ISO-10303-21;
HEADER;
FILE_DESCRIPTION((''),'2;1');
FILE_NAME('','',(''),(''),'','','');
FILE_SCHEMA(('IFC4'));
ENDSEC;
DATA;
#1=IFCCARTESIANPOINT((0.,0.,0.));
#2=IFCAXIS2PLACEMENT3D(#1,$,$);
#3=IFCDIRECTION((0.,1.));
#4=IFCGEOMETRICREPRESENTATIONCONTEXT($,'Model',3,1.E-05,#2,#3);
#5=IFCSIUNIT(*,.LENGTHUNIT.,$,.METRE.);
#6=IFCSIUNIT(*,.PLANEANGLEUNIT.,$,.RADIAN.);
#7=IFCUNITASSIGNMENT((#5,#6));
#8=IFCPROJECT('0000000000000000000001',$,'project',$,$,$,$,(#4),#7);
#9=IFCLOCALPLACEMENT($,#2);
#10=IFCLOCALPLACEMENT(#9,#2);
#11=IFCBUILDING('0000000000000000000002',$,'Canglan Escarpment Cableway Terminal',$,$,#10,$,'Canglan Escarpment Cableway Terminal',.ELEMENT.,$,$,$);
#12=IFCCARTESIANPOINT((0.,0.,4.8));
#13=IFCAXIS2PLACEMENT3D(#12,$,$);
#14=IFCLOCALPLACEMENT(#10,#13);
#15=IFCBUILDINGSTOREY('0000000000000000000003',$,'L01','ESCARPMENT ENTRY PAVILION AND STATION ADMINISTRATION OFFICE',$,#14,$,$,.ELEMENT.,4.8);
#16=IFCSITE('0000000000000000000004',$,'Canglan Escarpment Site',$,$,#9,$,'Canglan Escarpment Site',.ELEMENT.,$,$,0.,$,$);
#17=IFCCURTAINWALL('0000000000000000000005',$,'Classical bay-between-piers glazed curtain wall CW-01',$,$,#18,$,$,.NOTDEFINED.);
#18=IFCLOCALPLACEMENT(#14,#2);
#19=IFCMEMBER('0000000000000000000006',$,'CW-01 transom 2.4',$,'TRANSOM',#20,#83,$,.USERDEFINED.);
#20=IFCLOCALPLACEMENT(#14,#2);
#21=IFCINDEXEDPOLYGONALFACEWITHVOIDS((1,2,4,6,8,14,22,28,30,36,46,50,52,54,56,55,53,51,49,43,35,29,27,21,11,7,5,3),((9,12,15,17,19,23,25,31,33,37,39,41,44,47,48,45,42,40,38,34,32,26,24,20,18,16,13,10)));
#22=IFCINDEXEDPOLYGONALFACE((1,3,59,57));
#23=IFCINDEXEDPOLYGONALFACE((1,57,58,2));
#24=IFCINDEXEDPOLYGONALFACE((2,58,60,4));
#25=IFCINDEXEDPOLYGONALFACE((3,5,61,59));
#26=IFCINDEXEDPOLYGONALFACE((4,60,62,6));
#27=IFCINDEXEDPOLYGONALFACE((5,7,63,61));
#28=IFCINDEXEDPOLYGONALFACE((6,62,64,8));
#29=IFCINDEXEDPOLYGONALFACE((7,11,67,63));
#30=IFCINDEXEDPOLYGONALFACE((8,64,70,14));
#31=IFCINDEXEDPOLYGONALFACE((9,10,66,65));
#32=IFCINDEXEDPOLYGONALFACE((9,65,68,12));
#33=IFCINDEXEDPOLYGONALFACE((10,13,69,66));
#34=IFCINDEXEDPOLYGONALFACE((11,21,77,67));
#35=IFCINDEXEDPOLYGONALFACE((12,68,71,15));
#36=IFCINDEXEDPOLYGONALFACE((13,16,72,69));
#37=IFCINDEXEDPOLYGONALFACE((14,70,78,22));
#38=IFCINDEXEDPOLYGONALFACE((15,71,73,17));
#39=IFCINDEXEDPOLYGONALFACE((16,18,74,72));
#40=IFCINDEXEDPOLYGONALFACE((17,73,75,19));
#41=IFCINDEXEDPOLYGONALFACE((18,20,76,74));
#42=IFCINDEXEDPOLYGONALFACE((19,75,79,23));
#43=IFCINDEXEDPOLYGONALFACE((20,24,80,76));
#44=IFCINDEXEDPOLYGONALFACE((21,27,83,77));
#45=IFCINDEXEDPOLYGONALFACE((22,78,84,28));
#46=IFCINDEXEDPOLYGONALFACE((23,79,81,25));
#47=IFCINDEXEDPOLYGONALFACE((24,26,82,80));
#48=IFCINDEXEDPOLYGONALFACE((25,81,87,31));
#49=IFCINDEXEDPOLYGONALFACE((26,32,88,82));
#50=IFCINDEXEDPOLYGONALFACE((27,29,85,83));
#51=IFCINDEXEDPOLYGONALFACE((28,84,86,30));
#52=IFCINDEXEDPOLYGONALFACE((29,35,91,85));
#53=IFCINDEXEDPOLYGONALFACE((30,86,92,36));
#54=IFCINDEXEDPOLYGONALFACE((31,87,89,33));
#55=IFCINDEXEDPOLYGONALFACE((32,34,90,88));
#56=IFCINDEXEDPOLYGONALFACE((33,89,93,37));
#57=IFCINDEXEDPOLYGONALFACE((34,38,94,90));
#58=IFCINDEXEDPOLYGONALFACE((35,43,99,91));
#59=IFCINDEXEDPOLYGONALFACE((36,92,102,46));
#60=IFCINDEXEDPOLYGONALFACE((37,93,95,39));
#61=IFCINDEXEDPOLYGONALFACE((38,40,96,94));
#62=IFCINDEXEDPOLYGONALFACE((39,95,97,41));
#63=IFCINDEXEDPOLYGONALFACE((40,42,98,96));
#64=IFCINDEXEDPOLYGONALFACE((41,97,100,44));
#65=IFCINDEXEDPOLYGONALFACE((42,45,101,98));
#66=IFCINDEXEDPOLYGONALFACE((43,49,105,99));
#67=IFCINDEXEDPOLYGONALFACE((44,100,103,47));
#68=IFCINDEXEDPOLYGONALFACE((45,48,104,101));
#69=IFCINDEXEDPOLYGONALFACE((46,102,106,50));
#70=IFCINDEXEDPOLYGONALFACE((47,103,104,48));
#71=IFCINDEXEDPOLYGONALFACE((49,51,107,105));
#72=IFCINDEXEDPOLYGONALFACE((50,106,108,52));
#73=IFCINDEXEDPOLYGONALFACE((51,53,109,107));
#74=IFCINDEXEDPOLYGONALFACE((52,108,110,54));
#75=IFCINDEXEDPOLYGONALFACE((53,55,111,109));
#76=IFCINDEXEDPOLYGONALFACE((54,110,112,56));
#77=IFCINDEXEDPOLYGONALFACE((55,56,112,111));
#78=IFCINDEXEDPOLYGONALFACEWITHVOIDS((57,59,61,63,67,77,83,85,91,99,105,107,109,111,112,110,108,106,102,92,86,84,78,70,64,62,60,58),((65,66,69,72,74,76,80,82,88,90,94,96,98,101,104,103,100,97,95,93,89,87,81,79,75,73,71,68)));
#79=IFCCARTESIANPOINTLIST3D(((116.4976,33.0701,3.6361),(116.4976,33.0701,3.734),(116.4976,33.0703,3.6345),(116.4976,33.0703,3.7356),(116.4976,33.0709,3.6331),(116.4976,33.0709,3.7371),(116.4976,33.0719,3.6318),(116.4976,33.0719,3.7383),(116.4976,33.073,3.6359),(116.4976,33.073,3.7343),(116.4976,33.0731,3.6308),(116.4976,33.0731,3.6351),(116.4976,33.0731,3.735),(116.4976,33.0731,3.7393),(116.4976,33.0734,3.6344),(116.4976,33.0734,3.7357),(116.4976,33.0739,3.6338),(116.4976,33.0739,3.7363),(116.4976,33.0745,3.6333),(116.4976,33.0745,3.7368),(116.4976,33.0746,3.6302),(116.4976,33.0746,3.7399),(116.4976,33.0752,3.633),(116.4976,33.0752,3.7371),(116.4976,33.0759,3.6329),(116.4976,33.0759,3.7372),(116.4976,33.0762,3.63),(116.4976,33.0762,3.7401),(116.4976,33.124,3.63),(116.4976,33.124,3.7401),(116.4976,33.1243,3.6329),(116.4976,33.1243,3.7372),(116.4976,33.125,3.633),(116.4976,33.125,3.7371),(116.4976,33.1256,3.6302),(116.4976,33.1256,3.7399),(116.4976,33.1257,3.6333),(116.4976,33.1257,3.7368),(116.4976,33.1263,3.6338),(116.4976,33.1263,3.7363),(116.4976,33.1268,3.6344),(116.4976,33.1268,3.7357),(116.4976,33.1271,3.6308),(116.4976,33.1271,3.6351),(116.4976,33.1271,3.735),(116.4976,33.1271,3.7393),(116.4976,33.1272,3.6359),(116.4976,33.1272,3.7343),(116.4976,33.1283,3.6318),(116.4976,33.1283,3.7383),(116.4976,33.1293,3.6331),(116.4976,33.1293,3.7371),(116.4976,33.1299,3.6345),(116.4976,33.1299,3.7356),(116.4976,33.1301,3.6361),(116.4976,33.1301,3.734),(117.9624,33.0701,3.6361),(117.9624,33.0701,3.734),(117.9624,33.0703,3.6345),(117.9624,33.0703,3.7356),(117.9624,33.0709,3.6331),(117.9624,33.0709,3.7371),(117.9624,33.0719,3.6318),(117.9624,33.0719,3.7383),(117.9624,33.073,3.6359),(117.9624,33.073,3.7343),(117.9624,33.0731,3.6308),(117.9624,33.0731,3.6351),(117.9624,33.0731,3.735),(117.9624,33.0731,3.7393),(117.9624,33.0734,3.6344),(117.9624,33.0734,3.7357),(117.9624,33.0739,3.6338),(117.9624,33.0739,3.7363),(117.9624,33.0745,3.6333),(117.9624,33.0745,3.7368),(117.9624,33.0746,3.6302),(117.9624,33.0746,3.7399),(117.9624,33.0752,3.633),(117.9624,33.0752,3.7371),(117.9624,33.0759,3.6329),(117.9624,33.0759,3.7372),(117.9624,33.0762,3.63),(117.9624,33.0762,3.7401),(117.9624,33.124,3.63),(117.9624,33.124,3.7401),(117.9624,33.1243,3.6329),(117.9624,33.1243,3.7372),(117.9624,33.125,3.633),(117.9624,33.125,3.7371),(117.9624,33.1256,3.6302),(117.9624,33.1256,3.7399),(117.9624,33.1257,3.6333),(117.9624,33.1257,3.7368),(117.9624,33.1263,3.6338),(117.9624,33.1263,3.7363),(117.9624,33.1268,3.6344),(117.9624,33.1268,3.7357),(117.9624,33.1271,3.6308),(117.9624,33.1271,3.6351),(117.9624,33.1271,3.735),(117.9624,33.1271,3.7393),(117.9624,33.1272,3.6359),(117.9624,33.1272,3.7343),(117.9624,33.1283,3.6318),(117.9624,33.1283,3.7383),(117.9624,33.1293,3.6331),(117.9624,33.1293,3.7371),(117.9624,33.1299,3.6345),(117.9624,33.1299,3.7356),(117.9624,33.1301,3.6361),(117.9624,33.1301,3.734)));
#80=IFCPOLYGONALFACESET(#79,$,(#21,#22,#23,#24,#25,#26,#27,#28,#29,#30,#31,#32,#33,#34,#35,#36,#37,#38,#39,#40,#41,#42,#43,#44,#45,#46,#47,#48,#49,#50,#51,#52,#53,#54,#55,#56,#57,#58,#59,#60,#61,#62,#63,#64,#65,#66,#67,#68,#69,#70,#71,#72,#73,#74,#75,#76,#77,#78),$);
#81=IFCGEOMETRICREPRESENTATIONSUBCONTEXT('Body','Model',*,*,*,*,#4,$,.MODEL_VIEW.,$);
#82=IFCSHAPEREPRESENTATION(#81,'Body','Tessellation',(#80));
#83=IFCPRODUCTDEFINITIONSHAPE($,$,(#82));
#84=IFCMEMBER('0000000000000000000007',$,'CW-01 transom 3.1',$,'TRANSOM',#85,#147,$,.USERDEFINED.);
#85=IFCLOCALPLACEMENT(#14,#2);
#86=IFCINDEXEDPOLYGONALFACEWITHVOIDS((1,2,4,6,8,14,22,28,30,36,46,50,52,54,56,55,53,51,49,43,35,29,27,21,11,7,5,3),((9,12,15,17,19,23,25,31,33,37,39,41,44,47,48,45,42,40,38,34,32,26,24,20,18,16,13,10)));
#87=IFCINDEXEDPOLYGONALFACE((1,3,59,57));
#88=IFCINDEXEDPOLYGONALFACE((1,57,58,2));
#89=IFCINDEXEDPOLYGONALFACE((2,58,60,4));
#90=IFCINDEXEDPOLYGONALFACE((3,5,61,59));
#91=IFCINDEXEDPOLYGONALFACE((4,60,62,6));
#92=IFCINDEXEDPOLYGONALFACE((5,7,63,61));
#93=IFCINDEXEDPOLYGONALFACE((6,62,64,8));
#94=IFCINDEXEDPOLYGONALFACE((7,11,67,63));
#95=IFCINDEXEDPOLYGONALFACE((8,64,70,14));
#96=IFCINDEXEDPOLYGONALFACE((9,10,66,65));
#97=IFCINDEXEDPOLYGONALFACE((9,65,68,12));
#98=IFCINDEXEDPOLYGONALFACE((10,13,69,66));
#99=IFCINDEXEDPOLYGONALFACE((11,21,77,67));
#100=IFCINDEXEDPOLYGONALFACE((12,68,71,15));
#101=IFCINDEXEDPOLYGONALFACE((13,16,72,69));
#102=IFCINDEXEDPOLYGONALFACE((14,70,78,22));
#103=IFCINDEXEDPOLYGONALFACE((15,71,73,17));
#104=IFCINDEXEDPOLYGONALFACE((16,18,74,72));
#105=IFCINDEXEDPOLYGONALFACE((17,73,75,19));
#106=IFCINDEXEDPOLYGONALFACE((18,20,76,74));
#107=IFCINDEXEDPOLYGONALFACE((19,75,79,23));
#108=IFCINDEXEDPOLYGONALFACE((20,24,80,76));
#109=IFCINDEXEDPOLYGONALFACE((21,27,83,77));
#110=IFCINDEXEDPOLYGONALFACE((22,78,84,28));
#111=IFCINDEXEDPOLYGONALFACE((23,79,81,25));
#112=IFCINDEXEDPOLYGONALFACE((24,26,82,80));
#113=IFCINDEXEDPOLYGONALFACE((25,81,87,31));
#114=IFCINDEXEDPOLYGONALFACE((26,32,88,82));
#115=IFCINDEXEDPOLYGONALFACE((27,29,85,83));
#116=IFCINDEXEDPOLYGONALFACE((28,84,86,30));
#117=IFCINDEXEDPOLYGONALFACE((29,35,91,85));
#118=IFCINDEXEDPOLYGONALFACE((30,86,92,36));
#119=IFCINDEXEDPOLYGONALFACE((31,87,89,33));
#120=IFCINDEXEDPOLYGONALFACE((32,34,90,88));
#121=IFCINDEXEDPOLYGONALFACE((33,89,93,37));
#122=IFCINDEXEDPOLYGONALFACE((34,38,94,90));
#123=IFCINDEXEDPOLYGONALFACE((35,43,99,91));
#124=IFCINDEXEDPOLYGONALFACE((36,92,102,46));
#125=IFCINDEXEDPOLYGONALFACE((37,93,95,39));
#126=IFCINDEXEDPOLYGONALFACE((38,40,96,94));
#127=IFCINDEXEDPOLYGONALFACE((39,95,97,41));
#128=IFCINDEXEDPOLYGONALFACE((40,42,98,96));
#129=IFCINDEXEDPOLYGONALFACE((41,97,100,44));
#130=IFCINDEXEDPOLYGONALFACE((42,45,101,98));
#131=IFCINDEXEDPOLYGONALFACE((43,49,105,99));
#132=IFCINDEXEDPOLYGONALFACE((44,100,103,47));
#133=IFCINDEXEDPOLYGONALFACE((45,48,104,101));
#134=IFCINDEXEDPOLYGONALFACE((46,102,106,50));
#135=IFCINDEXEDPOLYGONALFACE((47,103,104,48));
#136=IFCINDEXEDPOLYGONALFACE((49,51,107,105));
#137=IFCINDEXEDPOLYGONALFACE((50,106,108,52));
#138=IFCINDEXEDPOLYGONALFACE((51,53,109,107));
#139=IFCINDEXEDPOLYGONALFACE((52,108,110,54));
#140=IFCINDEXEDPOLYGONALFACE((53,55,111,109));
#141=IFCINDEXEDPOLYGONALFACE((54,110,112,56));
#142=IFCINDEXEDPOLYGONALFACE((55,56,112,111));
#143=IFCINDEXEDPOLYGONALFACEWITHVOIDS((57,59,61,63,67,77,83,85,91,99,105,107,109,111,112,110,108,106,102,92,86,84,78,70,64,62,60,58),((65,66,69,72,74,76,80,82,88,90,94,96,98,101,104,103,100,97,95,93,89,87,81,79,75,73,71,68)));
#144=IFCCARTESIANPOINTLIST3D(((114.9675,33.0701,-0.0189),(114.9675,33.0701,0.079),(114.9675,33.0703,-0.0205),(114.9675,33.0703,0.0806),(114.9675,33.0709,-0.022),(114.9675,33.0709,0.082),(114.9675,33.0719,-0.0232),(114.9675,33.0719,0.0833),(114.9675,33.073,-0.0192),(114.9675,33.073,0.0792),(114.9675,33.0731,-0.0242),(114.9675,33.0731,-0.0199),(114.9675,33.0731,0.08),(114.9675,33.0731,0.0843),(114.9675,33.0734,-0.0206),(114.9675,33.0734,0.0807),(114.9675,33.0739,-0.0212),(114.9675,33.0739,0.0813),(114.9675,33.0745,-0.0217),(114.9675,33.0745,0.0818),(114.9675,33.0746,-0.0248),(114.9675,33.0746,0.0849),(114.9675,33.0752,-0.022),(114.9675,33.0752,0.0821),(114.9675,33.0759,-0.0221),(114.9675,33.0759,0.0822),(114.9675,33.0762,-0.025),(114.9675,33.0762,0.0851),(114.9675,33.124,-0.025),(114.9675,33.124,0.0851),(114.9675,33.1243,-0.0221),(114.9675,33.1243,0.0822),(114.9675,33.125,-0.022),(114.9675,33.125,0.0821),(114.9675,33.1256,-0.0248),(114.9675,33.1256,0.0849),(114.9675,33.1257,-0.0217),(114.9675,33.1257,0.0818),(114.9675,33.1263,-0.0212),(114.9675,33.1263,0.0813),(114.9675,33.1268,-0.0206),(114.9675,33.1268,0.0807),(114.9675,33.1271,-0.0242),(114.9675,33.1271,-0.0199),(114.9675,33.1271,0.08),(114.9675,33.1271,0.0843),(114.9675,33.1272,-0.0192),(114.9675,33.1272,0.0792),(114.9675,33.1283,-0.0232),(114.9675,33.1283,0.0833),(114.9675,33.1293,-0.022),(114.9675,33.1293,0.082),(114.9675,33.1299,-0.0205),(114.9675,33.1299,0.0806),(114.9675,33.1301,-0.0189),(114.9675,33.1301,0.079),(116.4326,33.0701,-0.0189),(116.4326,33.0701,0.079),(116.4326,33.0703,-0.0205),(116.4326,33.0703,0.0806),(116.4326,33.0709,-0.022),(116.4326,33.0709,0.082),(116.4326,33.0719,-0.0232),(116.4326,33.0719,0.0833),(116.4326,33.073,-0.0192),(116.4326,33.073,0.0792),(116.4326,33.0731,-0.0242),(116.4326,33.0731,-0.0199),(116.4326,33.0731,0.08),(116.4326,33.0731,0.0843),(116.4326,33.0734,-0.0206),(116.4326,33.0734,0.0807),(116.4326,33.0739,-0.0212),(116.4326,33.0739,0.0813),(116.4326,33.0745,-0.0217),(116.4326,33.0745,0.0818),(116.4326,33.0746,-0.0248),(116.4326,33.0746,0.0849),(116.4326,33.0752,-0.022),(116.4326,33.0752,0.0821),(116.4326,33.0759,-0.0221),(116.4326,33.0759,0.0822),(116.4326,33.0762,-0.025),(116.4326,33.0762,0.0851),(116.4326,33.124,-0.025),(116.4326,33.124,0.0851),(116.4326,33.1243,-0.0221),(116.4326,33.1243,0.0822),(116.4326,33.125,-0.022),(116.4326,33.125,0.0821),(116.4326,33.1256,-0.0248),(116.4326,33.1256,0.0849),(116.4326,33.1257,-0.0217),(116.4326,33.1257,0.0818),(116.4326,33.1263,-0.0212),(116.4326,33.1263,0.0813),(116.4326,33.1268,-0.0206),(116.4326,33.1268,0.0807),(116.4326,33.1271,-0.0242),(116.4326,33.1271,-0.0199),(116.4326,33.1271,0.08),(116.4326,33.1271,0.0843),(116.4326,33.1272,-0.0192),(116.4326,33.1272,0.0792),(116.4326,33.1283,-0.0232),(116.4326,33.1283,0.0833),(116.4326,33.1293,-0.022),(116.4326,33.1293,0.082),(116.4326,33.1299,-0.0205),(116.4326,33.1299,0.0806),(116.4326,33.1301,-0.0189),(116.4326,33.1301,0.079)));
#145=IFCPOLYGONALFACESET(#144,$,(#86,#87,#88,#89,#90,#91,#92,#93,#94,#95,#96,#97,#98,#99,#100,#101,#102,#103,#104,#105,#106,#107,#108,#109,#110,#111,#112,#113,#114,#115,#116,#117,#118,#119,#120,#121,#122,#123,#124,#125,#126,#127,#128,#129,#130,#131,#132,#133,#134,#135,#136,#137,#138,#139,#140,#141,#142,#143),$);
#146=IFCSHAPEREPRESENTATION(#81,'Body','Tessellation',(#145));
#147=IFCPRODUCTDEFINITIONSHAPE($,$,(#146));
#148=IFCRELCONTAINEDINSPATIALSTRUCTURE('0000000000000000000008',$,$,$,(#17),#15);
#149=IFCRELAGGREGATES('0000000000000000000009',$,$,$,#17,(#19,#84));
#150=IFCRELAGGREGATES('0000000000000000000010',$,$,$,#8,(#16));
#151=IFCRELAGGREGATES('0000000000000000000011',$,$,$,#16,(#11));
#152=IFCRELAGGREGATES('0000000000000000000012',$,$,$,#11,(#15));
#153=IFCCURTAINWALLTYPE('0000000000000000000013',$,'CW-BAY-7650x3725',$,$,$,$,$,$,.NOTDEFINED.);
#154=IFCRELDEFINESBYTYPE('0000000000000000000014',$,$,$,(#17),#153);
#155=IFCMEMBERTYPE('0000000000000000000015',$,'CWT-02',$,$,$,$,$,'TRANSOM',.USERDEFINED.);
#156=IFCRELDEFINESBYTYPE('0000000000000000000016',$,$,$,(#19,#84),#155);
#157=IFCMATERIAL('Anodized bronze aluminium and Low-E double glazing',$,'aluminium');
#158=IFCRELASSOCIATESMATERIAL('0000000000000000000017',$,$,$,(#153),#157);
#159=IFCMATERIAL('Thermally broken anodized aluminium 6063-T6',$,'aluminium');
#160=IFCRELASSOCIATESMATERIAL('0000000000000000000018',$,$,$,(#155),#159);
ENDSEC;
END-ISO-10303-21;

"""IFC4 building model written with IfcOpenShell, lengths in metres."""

from ifc_helpers import new_model, si_unit, direction, frame, origin, origin_2d, place, context, subcontext, project, spatial, hollow_rectangle, extrude, material, material_profile, profile_set, type_object, element, aggregate, save


model = new_model("IFC4")

# Units and contexts
model_context = context("Model", 3, precision=1e-05, world=origin(), true_north=direction((0.0, 1.0)))
body_context = subcontext(model_context, "Body", "Model", "MODEL_VIEW")
ifc_project = project(units=[si_unit("LENGTHUNIT", "METRE"), si_unit("PLANEANGLEUNIT", "RADIAN")], contexts=[model_context])

# Site, building, storey
site_placement = place(None, origin())
site = spatial("IfcSite", under=ifc_project, at=site_placement, Name="Canglan Escarpment Site", LongName="Canglan Escarpment Site", CompositionType="ELEMENT", RefElevation=0.0)
building_placement = place(site_placement, origin())
building = spatial("IfcBuilding", under=site, at=building_placement, Name="Canglan Escarpment Cableway Terminal", LongName="Canglan Escarpment Cableway Terminal", CompositionType="ELEMENT")
storey_placement = place(building_placement, frame((0.0, 0.0, 4.8)))
storey = spatial("IfcBuildingStorey", under=building, at=storey_placement, Name="L01", Description="ESCARPMENT ENTRY PAVILION AND STATION ADMINISTRATION OFFICE", CompositionType="ELEMENT", Elevation=4.8)

# Curtain wall, members
ifc_material_1 = material(Name="Anodized bronze aluminium and Low-E double glazing", Category="aluminium")
curtain_wall_type = type_object("IfcCurtainWallType", Name="CW-BAY-7650x3725", PredefinedType="NOTDEFINED", material=ifc_material_1)
curtain_wall_placement = place(storey_placement, origin())
curtain_wall = element("IfcCurtainWall", 1, at=curtain_wall_placement, inside=storey, type_object=curtain_wall_type, Name="Classical bay-between-piers glazed curtain wall CW-01", PredefinedType="NOTDEFINED")
ifc_material_2 = material(Name="Thermally broken anodized aluminium 6063-T6", Category="aluminium")
ifc_material_profile_1 = material_profile(ifc_material_2, hollow_rectangle(XDim=0.0601, YDim=0.1101, WallThickness=0.0029, InnerFilletRadius=0.0029, OuterFilletRadius=0.0061, at=origin_2d()), Name="ALU-TRAN 60x110x3")
ifc_profile_set_1 = profile_set([ifc_material_profile_1], Name="Thermally broken anodized aluminium 6063-T6")
member_type_1 = type_object("IfcMemberType", Name="CWT-02", ElementType="TRANSOM", PredefinedType="USERDEFINED", material=ifc_profile_set_1)
member_1_placement = place(storey_placement, frame((117.9624, 33.1001, 3.6851), z_axis=(-1.0, 0.0, 0.0), x_axis=(0.0, -1.0, 0.0)))
member_1 = element("IfcMember", 2, at=member_1_placement, type_object=member_type_1, Name="CW-01 transom 2.4", ObjectType="TRANSOM", PredefinedType="USERDEFINED", context=body_context, shape_type="SweptSolid", body=[
    extrude(hollow_rectangle(XDim=0.0601, YDim=0.1101, WallThickness=0.0029, InnerFilletRadius=0.0029, OuterFilletRadius=0.0061, at=origin_2d()), origin(), (0.0, 0.0, 1.0), 1.4648),
])
member_2_placement = place(storey_placement, frame((116.4326, 33.1001, 0.03), z_axis=(-1.0, 0.0, 0.0), x_axis=(0.0, -1.0, 0.0)))
member_2 = element("IfcMember", 3, at=member_2_placement, type_object=member_type_1, Name="CW-01 transom 3.1", ObjectType="TRANSOM", PredefinedType="USERDEFINED", context=body_context, shape_type="SweptSolid", body=[
    extrude(hollow_rectangle(XDim=0.0601, YDim=0.1101, WallThickness=0.0029, InnerFilletRadius=0.0029, OuterFilletRadius=0.0061, at=origin_2d()), origin(), (0.0, 0.0, 1.0), 1.4651),
])
aggregate(curtain_wall, [member_1, member_2])

save(model, "model.ifc")
